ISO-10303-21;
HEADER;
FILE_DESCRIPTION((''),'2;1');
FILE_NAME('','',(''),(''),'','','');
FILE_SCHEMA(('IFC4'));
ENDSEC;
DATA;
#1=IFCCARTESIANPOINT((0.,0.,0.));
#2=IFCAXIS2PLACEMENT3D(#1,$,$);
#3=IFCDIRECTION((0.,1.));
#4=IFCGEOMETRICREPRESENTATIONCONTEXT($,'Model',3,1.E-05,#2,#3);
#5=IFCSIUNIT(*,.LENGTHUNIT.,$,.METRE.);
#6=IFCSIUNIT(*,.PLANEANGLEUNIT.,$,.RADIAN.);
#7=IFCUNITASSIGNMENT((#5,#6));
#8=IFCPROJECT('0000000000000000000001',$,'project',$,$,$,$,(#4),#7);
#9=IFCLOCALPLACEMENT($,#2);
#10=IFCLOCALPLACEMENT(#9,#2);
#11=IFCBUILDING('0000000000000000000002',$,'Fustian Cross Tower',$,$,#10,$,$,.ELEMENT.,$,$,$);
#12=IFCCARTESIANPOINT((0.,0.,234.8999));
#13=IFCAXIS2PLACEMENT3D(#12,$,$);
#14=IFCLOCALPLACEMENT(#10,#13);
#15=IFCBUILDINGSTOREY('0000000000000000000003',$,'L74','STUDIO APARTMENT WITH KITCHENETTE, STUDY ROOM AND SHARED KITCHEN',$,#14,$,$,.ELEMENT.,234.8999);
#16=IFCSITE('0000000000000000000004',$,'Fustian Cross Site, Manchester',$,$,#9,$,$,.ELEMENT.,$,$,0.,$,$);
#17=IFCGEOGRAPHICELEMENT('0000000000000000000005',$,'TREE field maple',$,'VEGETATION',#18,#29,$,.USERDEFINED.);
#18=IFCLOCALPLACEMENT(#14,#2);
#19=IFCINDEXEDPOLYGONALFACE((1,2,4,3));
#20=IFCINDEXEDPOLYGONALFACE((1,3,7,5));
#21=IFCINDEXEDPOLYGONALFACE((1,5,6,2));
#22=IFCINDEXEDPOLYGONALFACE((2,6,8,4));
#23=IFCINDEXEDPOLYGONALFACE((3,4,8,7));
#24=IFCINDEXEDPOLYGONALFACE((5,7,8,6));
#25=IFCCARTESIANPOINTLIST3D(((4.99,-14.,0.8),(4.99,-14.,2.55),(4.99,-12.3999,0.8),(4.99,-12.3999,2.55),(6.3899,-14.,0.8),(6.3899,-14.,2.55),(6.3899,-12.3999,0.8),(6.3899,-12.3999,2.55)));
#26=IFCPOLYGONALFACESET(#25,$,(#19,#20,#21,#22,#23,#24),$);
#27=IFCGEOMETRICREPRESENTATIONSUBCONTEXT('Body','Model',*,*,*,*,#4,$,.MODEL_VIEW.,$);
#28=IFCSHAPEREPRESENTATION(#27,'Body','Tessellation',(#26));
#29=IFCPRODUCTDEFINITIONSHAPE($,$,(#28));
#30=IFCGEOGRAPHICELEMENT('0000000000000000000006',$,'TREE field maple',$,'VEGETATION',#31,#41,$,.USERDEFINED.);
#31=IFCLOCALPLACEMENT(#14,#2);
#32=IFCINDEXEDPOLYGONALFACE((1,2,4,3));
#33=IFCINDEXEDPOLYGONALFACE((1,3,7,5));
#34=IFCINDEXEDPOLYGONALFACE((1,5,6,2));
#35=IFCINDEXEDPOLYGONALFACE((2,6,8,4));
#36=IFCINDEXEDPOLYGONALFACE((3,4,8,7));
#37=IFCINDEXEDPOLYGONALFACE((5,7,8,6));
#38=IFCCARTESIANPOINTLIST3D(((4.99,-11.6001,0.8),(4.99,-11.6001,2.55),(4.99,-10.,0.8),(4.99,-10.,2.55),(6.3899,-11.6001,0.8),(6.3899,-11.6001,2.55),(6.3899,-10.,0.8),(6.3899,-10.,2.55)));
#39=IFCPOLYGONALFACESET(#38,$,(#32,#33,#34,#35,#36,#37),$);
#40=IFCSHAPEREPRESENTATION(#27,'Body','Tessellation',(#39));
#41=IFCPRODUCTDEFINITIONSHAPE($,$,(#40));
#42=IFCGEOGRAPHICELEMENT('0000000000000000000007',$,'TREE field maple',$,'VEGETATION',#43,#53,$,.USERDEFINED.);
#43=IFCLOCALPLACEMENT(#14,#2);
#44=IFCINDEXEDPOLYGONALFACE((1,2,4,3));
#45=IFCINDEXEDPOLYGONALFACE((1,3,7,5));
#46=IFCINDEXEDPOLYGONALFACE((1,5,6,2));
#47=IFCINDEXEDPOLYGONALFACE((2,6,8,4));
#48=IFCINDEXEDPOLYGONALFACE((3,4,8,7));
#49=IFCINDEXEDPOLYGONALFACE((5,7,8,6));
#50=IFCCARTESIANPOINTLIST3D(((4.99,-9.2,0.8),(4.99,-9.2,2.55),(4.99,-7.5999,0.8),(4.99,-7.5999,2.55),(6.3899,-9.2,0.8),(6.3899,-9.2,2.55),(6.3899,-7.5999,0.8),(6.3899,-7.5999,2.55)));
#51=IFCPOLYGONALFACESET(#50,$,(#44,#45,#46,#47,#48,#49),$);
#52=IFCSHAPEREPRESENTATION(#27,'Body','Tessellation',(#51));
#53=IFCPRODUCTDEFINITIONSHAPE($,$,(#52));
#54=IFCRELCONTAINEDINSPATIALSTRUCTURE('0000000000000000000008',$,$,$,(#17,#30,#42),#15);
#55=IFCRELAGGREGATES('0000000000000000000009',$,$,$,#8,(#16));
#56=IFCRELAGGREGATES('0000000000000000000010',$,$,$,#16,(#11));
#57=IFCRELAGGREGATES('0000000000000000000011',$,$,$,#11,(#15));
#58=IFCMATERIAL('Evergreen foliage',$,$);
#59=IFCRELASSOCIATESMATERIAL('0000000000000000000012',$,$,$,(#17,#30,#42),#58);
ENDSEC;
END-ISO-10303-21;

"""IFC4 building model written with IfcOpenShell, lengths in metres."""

from ifc_helpers import new_model, si_unit, direction, frame, origin, origin_2d, place, context, subcontext, project, spatial, rectangle, extrude, material, element, save


model = new_model("IFC4")

# Units and contexts
model_context = context("Model", 3, precision=1e-05, world=origin(), true_north=direction((0.0, 1.0)))
body_context = subcontext(model_context, "Body", "Model", "MODEL_VIEW")
ifc_project = project(units=[si_unit("LENGTHUNIT", "METRE"), si_unit("PLANEANGLEUNIT", "RADIAN")], contexts=[model_context])

# Site, building, storey
site_placement = place(None, origin())
site = spatial("IfcSite", under=ifc_project, at=site_placement, Name="Fustian Cross Site, Manchester", CompositionType="ELEMENT", RefElevation=0.0)
building_placement = place(site_placement, origin())
building = spatial("IfcBuilding", under=site, at=building_placement, Name="Fustian Cross Tower", CompositionType="ELEMENT")
storey_placement = place(building_placement, frame((0.0, 0.0, 234.8999)))
storey = spatial("IfcBuildingStorey", under=building, at=storey_placement, Name="L74", Description="STUDIO APARTMENT WITH KITCHENETTE, STUDY ROOM AND SHARED KITCHEN", CompositionType="ELEMENT", Elevation=234.8999)

# Geographic elements
ifc_material_1 = material(Name="Evergreen foliage")
for number, where, z_axis, x_axis, name in (
    (1, (5.6899, -13.2, 0.8), (0.0, 0.0, 1.0), (1.0, 0.0, 0.0), "TREE field maple"),
    (2, (5.6899, -10.8, 0.8), (0.0, 0.0, 1.0), (1.0, 0.0, 0.0), "TREE field maple"),
    (3, (5.6899, -8.3999, 0.8), (0.0, 0.0, 1.0), (1.0, 0.0, 0.0), "TREE field maple"),
):
    element("IfcGeographicElement", number, at=place(storey_placement, frame(where, z_axis=z_axis, x_axis=x_axis)), inside=storey, material=ifc_material_1, Name=name, ObjectType="VEGETATION", PredefinedType="USERDEFINED", context=body_context, shape_type="SweptSolid", body=[
        extrude(rectangle(XDim=1.3999, YDim=1.6001, at=origin_2d()), origin(), (0.0, 0.0, 1.0), 1.75),
    ])

save(model, "model.ifc")
